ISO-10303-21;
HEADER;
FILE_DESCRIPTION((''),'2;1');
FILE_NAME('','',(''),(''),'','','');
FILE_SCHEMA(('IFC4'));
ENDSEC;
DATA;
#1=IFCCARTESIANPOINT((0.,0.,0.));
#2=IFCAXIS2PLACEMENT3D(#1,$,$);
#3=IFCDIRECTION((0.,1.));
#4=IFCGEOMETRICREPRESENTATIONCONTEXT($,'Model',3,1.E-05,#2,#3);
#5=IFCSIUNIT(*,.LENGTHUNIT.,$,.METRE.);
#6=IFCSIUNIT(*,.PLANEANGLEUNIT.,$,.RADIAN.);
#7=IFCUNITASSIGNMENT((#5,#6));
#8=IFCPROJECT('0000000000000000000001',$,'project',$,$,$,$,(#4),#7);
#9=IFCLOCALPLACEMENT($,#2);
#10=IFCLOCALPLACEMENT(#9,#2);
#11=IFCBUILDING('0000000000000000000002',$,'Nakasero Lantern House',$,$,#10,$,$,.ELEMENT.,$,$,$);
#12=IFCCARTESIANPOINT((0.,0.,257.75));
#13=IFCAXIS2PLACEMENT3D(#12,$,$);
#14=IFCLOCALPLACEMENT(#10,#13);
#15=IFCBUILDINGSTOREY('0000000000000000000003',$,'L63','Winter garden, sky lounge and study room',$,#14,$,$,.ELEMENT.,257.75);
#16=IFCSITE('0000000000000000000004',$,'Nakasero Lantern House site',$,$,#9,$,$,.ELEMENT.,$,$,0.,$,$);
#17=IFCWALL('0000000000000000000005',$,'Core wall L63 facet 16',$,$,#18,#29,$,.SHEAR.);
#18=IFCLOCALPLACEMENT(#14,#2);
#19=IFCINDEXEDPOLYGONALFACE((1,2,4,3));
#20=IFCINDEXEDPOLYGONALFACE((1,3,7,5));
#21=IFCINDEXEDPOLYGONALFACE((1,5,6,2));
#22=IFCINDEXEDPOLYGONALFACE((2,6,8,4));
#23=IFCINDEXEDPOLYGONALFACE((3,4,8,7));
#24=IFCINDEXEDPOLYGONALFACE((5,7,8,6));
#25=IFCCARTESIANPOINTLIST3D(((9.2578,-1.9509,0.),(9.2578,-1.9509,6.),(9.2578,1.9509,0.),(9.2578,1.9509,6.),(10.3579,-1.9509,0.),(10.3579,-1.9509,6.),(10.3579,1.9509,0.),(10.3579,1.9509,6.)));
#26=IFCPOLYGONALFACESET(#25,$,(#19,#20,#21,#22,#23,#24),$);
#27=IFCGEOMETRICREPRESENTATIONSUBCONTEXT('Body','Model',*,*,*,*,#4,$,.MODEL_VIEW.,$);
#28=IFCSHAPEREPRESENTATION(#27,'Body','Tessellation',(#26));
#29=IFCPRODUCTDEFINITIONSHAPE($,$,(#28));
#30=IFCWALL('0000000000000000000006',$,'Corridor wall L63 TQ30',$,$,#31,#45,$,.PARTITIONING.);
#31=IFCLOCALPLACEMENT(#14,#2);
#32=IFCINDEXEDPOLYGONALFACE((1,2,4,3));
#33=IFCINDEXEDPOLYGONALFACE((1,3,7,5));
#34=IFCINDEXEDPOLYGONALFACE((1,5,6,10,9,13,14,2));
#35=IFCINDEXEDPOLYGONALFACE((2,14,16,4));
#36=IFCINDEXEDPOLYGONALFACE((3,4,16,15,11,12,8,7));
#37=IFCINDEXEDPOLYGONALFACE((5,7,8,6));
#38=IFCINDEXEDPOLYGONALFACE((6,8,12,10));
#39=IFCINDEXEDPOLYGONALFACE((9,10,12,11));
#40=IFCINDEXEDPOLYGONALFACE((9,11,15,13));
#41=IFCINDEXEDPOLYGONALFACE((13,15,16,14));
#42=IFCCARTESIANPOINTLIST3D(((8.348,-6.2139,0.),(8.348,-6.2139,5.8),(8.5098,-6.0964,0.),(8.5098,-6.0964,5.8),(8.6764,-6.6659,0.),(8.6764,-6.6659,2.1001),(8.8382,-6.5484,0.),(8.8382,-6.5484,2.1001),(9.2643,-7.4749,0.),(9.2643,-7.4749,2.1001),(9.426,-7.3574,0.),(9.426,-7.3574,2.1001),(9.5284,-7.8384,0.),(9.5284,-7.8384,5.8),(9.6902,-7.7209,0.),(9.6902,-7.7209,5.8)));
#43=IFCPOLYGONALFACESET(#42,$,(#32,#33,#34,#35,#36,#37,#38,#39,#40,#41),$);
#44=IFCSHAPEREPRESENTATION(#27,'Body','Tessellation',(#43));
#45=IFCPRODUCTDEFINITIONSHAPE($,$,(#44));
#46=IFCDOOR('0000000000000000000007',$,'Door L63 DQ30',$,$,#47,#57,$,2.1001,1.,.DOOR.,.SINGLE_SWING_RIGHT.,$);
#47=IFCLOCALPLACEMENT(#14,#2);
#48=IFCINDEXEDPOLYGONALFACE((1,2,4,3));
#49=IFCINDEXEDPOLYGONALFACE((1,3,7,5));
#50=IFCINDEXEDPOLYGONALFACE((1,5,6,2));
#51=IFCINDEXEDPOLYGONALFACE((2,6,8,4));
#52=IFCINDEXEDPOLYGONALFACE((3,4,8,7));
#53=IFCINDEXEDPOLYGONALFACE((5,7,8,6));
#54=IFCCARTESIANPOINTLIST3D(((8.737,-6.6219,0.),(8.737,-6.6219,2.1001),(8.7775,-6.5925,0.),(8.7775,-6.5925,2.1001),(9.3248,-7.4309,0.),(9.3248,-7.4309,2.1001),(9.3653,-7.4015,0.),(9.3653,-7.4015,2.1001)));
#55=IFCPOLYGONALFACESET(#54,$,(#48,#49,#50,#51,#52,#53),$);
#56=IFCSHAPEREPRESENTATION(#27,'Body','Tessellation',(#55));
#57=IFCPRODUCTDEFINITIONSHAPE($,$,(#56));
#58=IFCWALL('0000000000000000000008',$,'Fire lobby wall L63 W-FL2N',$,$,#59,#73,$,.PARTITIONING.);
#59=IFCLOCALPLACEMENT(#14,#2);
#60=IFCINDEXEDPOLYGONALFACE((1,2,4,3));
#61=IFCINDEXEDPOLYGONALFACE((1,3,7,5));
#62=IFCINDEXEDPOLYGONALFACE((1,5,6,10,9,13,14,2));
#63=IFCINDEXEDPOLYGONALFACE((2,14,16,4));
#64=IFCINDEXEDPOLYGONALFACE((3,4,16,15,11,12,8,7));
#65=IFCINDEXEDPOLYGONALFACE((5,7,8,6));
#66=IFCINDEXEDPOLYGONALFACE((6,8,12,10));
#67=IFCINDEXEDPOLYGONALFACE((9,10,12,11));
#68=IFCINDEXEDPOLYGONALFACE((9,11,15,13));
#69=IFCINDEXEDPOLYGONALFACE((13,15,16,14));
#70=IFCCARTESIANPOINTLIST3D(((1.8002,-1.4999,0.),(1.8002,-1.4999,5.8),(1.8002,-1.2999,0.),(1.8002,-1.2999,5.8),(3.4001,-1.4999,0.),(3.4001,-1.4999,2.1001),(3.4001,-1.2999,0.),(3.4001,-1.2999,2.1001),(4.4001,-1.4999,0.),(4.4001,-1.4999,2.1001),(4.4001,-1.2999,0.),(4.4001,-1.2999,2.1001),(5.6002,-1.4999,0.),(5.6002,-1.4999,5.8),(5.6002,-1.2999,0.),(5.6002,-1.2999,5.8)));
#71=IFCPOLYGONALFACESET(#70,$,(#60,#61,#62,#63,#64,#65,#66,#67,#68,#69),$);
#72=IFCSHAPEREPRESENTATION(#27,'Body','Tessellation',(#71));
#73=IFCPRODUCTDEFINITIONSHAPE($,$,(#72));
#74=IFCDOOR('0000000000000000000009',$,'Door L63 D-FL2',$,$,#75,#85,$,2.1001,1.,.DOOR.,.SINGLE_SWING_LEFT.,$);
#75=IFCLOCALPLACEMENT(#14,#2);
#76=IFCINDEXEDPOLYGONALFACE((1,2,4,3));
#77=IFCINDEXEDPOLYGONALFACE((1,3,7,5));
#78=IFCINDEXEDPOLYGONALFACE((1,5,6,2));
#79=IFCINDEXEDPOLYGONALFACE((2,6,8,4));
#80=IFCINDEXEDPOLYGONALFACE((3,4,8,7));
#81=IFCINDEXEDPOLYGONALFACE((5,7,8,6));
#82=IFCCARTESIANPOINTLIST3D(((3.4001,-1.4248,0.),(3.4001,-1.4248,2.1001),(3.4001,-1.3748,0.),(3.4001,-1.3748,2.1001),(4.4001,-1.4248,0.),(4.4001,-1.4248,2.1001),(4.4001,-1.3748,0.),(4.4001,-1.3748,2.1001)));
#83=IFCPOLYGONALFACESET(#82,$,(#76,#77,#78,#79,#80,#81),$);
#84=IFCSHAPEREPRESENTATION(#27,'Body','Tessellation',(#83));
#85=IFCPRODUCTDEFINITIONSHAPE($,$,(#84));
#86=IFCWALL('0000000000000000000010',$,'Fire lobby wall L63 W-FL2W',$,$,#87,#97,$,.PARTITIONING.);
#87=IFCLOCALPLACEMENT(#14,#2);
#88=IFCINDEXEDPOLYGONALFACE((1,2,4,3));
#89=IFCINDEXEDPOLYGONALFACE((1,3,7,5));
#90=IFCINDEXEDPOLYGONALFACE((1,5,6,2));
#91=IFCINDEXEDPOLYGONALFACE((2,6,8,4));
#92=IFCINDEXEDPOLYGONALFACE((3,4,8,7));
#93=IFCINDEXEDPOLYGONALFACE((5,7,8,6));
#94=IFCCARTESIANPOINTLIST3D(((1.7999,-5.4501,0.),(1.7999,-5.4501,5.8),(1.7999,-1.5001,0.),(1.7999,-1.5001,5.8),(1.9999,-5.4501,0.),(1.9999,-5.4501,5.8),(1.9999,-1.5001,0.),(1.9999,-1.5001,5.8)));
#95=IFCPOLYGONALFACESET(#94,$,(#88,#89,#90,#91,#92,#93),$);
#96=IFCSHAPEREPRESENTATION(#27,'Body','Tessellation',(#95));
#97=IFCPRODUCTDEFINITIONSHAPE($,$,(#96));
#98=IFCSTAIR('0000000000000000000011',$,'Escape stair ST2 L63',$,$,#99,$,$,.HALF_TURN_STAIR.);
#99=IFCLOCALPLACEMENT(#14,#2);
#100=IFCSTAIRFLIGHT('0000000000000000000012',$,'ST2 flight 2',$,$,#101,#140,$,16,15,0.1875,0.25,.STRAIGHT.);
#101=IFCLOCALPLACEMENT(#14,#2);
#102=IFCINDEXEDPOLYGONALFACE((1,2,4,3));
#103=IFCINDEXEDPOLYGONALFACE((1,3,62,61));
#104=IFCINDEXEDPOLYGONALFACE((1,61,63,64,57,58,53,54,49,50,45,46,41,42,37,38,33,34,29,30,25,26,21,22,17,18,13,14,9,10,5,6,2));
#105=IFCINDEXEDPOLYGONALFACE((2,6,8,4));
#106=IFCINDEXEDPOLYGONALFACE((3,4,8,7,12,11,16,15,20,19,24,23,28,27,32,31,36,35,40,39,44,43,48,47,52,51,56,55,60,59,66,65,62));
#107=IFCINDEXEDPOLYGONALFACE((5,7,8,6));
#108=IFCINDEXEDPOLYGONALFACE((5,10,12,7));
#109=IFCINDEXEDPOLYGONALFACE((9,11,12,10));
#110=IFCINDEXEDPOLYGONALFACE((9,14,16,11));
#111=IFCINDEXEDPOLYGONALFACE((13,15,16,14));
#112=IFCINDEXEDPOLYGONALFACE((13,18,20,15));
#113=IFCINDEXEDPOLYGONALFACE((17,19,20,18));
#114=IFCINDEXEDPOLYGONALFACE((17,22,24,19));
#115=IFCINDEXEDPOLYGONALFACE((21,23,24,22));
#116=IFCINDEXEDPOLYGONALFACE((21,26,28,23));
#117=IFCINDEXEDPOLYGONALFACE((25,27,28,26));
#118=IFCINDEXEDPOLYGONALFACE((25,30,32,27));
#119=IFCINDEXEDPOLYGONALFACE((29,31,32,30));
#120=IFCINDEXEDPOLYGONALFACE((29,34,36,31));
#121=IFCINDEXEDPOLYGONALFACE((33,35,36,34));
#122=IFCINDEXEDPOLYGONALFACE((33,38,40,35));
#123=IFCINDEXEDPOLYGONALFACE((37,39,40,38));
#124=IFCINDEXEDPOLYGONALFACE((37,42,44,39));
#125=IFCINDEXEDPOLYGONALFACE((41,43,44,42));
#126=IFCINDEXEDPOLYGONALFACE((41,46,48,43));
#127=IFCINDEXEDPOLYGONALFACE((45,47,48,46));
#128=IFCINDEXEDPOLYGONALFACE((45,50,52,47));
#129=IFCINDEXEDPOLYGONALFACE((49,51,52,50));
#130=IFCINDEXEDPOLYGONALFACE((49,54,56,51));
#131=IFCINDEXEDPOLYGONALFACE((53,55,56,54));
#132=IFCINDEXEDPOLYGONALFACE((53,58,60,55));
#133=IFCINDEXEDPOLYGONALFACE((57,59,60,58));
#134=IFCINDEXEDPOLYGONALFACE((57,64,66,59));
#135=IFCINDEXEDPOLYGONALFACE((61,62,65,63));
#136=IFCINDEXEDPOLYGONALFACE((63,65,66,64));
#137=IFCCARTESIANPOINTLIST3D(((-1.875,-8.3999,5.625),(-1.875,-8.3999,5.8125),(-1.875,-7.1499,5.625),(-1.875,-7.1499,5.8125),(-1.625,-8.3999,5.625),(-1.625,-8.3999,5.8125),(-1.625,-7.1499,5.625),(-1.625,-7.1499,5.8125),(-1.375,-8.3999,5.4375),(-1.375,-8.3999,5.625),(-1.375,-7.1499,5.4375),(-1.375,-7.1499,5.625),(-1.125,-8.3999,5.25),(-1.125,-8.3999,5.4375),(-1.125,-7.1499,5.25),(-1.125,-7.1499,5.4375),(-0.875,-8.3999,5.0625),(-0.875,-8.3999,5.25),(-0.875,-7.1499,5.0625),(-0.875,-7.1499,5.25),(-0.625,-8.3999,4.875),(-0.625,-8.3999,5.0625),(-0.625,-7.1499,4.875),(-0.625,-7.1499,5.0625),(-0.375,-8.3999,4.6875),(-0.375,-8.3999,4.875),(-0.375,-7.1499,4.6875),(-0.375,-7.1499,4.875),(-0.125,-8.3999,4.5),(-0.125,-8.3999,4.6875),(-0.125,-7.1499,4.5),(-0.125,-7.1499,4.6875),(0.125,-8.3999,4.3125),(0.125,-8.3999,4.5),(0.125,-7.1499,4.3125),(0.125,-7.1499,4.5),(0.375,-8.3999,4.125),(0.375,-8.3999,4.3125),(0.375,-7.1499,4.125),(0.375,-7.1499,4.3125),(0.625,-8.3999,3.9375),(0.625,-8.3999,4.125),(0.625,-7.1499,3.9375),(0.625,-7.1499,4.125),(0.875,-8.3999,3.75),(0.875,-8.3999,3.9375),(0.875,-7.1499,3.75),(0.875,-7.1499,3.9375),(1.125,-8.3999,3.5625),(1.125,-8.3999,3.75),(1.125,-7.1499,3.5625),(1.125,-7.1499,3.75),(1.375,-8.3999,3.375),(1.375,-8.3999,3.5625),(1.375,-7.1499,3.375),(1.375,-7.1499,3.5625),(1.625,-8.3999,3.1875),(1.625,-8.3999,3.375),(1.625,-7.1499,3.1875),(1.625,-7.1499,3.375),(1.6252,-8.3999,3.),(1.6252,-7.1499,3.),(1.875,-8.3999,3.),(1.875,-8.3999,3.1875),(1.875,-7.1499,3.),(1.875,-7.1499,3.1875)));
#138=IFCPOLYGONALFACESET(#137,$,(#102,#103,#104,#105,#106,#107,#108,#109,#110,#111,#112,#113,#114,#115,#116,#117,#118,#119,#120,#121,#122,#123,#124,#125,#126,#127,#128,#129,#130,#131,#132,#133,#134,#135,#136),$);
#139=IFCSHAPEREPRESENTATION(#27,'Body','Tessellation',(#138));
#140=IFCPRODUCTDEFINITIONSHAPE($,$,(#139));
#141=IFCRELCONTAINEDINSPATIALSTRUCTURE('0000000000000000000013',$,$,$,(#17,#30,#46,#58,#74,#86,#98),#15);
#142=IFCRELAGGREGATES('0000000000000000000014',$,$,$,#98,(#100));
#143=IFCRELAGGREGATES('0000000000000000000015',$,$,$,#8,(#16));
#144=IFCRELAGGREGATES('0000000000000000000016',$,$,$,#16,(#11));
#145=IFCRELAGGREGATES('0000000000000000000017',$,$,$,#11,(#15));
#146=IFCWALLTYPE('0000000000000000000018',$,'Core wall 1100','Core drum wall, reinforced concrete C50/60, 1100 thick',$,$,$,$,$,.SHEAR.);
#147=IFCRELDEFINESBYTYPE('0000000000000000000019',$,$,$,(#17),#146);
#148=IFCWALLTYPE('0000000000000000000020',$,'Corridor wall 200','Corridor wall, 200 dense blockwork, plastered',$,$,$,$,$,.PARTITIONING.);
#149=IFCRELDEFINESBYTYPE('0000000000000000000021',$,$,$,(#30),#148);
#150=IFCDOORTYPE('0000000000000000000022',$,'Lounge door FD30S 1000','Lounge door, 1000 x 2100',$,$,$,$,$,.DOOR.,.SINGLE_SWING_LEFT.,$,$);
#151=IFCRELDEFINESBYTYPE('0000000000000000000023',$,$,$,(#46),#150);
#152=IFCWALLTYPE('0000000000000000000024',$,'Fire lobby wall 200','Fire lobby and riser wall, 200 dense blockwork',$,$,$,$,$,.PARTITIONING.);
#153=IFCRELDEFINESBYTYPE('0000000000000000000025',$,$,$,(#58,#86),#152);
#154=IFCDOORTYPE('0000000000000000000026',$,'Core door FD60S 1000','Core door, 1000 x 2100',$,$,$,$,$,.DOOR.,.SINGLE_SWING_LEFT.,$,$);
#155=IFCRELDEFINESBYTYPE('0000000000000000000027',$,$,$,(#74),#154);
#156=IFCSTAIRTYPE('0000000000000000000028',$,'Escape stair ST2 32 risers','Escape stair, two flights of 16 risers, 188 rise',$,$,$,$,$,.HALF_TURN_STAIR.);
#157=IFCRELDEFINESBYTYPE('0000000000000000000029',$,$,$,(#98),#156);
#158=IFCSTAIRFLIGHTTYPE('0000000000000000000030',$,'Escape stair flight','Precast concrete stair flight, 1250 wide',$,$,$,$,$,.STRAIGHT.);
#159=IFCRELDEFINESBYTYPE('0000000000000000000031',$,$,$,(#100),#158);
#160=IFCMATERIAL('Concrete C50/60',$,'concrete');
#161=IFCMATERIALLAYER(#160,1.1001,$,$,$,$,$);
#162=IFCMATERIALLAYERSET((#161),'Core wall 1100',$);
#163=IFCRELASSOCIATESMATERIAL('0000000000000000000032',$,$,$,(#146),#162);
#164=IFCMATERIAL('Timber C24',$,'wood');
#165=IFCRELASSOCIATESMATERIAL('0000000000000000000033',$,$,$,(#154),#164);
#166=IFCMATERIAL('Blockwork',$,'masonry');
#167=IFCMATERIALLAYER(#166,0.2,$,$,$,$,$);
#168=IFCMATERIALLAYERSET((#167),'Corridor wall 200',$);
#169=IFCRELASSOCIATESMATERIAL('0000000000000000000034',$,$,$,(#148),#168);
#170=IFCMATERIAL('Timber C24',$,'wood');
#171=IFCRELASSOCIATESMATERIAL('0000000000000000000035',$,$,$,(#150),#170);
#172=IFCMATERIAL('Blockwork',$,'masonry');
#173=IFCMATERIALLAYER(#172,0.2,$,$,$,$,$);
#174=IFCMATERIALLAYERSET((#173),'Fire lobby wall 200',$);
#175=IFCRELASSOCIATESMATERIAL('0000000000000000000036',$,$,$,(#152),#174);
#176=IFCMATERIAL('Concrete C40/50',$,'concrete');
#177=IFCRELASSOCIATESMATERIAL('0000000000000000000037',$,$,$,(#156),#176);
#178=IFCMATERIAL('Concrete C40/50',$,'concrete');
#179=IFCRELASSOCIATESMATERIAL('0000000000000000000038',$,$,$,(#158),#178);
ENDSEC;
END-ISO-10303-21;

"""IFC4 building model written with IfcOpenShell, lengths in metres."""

from ifc_helpers import new_model, si_unit, direction, frame, frame_2d, origin, place, context, subcontext, project, spatial, polyline, rectangle, outline, extrude, material, layer, layer_set, type_object, element, fill, aggregate, save


model = new_model("IFC4")

# Units and contexts
model_context = context("Model", 3, precision=1e-05, world=origin(), true_north=direction((0.0, 1.0)))
body_context = subcontext(model_context, "Body", "Model", "MODEL_VIEW")
ifc_project = project(units=[si_unit("LENGTHUNIT", "METRE"), si_unit("PLANEANGLEUNIT", "RADIAN")], contexts=[model_context])

# Site, building, storey
site_placement = place(None, origin())
site = spatial("IfcSite", under=ifc_project, at=site_placement, Name="Nakasero Lantern House site", CompositionType="ELEMENT", RefElevation=0.0)
building_placement = place(site_placement, origin())
building = spatial("IfcBuilding", under=site, at=building_placement, Name="Nakasero Lantern House", CompositionType="ELEMENT")
storey_placement = place(building_placement, frame((0.0, 0.0, 257.75)))
storey = spatial("IfcBuildingStorey", under=building, at=storey_placement, Name="L63", Description="Winter garden, sky lounge and study room", CompositionType="ELEMENT", Elevation=257.75)

# Shared definitions
ifc_material_1 = material(Name="Concrete C50/60", Category="concrete")
ifc_layer_1 = layer(ifc_material_1, 1.1001)
ifc_layer_set_1 = layer_set([ifc_layer_1], Name="Core wall 1100")
wall_type_1 = type_object("IfcWallType", Name="Core wall 1100", Description="Core drum wall, reinforced concrete C50/60, 1100 thick", PredefinedType="SHEAR", material=ifc_layer_set_1)

# Shared definitions
ifc_material_2 = material(Name="Timber C24", Category="wood")
door_type_1 = type_object("IfcDoorType", Name="Core door FD60S 1000", Description="Core door, 1000 x 2100", OperationType="SINGLE_SWING_LEFT", PredefinedType="DOOR", material=ifc_material_2)

# Wall
for number, where, z_axis, x_axis, name in (
    (1, (9.8079, -1.9509, 0.0), (0.0, 0.0, 1.0), (0.0, 1.0, 0.0), "Core wall L63 facet 16"),
):
    element("IfcWall", number, at=place(storey_placement, frame(where, z_axis=z_axis, x_axis=x_axis)), inside=storey, type_object=wall_type_1, Name=name, PredefinedType="SHEAR", context=body_context, shape_type="SweptSolid", body=[
        extrude(rectangle(XDim=3.9019, YDim=1.1001, at=frame_2d((1.9509, 0.0))), origin(), (0.0, 0.0, 1.0), 6.0),
    ])

# Walls, openings, doors
ifc_material_3 = material(Name="Blockwork", Category="masonry")
ifc_layer_2 = layer(ifc_material_3, 0.2)
ifc_layer_set_2 = layer_set([ifc_layer_2], Name="Corridor wall 200")
wall_type_2 = type_object("IfcWallType", Name="Corridor wall 200", Description="Corridor wall, 200 dense blockwork, plastered", PredefinedType="PARTITIONING", material=ifc_layer_set_2)
wall_1_placement = place(storey_placement, frame((8.429, -6.1553, 0.0), z_axis=(0.0, 0.0, 1.0), x_axis=(0.587832, -0.808983, 0.0)))
wall_1 = element("IfcWall", 2, at=wall_1_placement, inside=storey, type_object=wall_type_2, Name="Corridor wall L63 TQ30", PredefinedType="PARTITIONING", context=body_context, shape_type="SweptSolid", body=[
    extrude(rectangle(XDim=2.0081, YDim=0.2, at=frame_2d((1.0039, 0.0))), origin(), (0.0, 0.0, 1.0), 5.8),
])
opening_1_placement = place(wall_1_placement, frame((0.5586, 0.0, 0.0)))
opening_1 = element("IfcOpeningElement", 3, at=opening_1_placement, cuts=wall_1, PredefinedType="OPENING", context=body_context, shape_type="SweptSolid", body=[
    extrude(rectangle(XDim=1.0, YDim=2.1001, at=frame_2d((0.5, 1.05))), frame((0.0, 0.1199, 0.0), z_axis=(0.0, -1.0, 0.0), x_axis=(1.0, 0.0, 0.0)), (0.0, 0.0, 1.0), 0.24),
])
ifc_material_4 = material(Name="Timber C24", Category="wood")
door_type_2 = type_object("IfcDoorType", Name="Lounge door FD30S 1000", Description="Lounge door, 1000 x 2100", OperationType="SINGLE_SWING_LEFT", PredefinedType="DOOR", material=ifc_material_4)
door_1_placement = place(opening_1_placement, origin())
door_1 = element("IfcDoor", 4, at=door_1_placement, inside=storey, type_object=door_type_2, Name="Door L63 DQ30", OperationType="SINGLE_SWING_RIGHT", OverallHeight=2.1001, OverallWidth=1.0, PredefinedType="DOOR", context=body_context, shape_type="SweptSolid", body=[
    extrude(rectangle(XDim=1.0, YDim=2.1001, at=frame_2d((0.5, 1.05))), frame((0.0, 0.0249, 0.0), z_axis=(0.0, -1.0, 0.0), x_axis=(1.0, 0.0, 0.0)), (0.0, 0.0, 1.0), 0.05),
])
fill(opening_1, door_1)
ifc_material_5 = material(Name="Blockwork", Category="masonry")
ifc_layer_3 = layer(ifc_material_5, 0.2)
ifc_layer_set_3 = layer_set([ifc_layer_3], Name="Fire lobby wall 200")
wall_type_3 = type_object("IfcWallType", Name="Fire lobby wall 200", Description="Fire lobby and riser wall, 200 dense blockwork", PredefinedType="PARTITIONING", material=ifc_layer_set_3)
wall_2_placement = place(storey_placement, frame((5.6001, -1.3999, 0.0), z_axis=(0.0, 0.0, 1.0), x_axis=(-1.0, 0.0, 0.0)))
wall_2 = element("IfcWall", 5, at=wall_2_placement, inside=storey, type_object=wall_type_3, Name="Fire lobby wall L63 W-FL2N", PredefinedType="PARTITIONING", context=body_context, shape_type="SweptSolid", body=[
    extrude(rectangle(XDim=3.8, YDim=0.2, at=frame_2d((1.8999, 0.0))), origin(), (0.0, 0.0, 1.0), 5.8),
])
opening_2_placement = place(wall_2_placement, frame((1.2, 0.0, 0.0)))
opening_2 = element("IfcOpeningElement", 6, at=opening_2_placement, cuts=wall_2, PredefinedType="OPENING", context=body_context, shape_type="SweptSolid", body=[
    extrude(rectangle(XDim=1.0, YDim=2.1001, at=frame_2d((0.5, 1.05))), frame((0.0, 0.1199, 0.0), z_axis=(0.0, -1.0, 0.0), x_axis=(1.0, 0.0, 0.0)), (0.0, 0.0, 1.0), 0.24),
])
door_2_placement = place(opening_2_placement, origin())
door_2 = element("IfcDoor", 7, at=door_2_placement, inside=storey, type_object=door_type_1, Name="Door L63 D-FL2", OperationType="SINGLE_SWING_LEFT", OverallHeight=2.1001, OverallWidth=1.0, PredefinedType="DOOR", context=body_context, shape_type="SweptSolid", body=[
    extrude(rectangle(XDim=1.0, YDim=2.1001, at=frame_2d((0.5, 1.05))), frame((0.0, 0.0249, 0.0), z_axis=(0.0, -1.0, 0.0), x_axis=(1.0, 0.0, 0.0)), (0.0, 0.0, 1.0), 0.05),
])
fill(opening_2, door_2)

# Wall
wall_3_placement = place(storey_placement, frame((1.8999, -1.5, 0.0), z_axis=(0.0, 0.0, 1.0), x_axis=(0.0, -1.0, 0.0)))
element("IfcWall", 8, at=wall_3_placement, inside=storey, type_object=wall_type_3, Name="Fire lobby wall L63 W-FL2W", PredefinedType="PARTITIONING", context=body_context, shape_type="SweptSolid", body=[
    extrude(rectangle(XDim=3.95, YDim=0.2, at=frame_2d((1.9751, 0.0))), origin(), (0.0, 0.0, 1.0), 5.8),
])

# Stair, stair flight
ifc_material_6 = material(Name="Concrete C40/50", Category="concrete")
stair_type = type_object("IfcStairType", Name="Escape stair ST2 32 risers", Description="Escape stair, two flights of 16 risers, 188 rise", PredefinedType="HALF_TURN_STAIR", material=ifc_material_6)
stair_placement = place(storey_placement, origin())
stair = element("IfcStair", 9, at=stair_placement, inside=storey, type_object=stair_type, Name="Escape stair ST2 L63", PredefinedType="HALF_TURN_STAIR")
ifc_material_7 = material(Name="Concrete C40/50", Category="concrete")
stair_flight_type = type_object("IfcStairFlightType", Name="Escape stair flight", Description="Precast concrete stair flight, 1250 wide", PredefinedType="STRAIGHT", material=ifc_material_7)
stair_flight_placement = place(storey_placement, frame((1.875, -7.7749, 3.0), z_axis=(0.0, 0.0, 1.0), x_axis=(-1.0, 0.0, 0.0)))
stair_flight = element("IfcStairFlight", 10, at=stair_flight_placement, type_object=stair_flight_type, Name="ST2 flight 2", NumberOfRisers=16, NumberOfTreads=15, PredefinedType="STRAIGHT", RiserHeight=0.1875, TreadLength=0.25, context=body_context, shape_type="SweptSolid", body=[
    extrude(outline(polyline([(0.0, 0.0), (0.0, 0.1875), (0.25, 0.1875), (0.25, 0.375), (0.5, 0.375), (0.5, 0.5625), (0.75, 0.5625), (0.75, 0.75), (1.0, 0.75), (1.0, 0.9375), (1.25, 0.9375), (1.25, 1.125), (1.5, 1.125), (1.5, 1.3125), (1.75, 1.3125), (1.75, 1.5), (2.0, 1.5), (2.0, 1.6875), (2.25, 1.6875), (2.25, 1.875), (2.5, 1.875), (2.5, 2.0625), (2.75, 2.0625), (2.75, 2.25), (3.0, 2.25), (3.0, 2.4375), (3.25, 2.4375), (3.25, 2.625), (3.5, 2.625), (3.5, 2.8125), (3.75, 2.8125), (3.75, 3.0), (3.75, 2.625), (0.2498, 0.0), (0.0, 0.0)])), frame((0.0, 0.625, 0.0), z_axis=(0.0, -1.0, 0.0), x_axis=(1.0, 0.0, 0.0)), (0.0, 0.0, 1.0), 1.25),
])
aggregate(stair, [stair_flight])

save(model, "model.ifc")
